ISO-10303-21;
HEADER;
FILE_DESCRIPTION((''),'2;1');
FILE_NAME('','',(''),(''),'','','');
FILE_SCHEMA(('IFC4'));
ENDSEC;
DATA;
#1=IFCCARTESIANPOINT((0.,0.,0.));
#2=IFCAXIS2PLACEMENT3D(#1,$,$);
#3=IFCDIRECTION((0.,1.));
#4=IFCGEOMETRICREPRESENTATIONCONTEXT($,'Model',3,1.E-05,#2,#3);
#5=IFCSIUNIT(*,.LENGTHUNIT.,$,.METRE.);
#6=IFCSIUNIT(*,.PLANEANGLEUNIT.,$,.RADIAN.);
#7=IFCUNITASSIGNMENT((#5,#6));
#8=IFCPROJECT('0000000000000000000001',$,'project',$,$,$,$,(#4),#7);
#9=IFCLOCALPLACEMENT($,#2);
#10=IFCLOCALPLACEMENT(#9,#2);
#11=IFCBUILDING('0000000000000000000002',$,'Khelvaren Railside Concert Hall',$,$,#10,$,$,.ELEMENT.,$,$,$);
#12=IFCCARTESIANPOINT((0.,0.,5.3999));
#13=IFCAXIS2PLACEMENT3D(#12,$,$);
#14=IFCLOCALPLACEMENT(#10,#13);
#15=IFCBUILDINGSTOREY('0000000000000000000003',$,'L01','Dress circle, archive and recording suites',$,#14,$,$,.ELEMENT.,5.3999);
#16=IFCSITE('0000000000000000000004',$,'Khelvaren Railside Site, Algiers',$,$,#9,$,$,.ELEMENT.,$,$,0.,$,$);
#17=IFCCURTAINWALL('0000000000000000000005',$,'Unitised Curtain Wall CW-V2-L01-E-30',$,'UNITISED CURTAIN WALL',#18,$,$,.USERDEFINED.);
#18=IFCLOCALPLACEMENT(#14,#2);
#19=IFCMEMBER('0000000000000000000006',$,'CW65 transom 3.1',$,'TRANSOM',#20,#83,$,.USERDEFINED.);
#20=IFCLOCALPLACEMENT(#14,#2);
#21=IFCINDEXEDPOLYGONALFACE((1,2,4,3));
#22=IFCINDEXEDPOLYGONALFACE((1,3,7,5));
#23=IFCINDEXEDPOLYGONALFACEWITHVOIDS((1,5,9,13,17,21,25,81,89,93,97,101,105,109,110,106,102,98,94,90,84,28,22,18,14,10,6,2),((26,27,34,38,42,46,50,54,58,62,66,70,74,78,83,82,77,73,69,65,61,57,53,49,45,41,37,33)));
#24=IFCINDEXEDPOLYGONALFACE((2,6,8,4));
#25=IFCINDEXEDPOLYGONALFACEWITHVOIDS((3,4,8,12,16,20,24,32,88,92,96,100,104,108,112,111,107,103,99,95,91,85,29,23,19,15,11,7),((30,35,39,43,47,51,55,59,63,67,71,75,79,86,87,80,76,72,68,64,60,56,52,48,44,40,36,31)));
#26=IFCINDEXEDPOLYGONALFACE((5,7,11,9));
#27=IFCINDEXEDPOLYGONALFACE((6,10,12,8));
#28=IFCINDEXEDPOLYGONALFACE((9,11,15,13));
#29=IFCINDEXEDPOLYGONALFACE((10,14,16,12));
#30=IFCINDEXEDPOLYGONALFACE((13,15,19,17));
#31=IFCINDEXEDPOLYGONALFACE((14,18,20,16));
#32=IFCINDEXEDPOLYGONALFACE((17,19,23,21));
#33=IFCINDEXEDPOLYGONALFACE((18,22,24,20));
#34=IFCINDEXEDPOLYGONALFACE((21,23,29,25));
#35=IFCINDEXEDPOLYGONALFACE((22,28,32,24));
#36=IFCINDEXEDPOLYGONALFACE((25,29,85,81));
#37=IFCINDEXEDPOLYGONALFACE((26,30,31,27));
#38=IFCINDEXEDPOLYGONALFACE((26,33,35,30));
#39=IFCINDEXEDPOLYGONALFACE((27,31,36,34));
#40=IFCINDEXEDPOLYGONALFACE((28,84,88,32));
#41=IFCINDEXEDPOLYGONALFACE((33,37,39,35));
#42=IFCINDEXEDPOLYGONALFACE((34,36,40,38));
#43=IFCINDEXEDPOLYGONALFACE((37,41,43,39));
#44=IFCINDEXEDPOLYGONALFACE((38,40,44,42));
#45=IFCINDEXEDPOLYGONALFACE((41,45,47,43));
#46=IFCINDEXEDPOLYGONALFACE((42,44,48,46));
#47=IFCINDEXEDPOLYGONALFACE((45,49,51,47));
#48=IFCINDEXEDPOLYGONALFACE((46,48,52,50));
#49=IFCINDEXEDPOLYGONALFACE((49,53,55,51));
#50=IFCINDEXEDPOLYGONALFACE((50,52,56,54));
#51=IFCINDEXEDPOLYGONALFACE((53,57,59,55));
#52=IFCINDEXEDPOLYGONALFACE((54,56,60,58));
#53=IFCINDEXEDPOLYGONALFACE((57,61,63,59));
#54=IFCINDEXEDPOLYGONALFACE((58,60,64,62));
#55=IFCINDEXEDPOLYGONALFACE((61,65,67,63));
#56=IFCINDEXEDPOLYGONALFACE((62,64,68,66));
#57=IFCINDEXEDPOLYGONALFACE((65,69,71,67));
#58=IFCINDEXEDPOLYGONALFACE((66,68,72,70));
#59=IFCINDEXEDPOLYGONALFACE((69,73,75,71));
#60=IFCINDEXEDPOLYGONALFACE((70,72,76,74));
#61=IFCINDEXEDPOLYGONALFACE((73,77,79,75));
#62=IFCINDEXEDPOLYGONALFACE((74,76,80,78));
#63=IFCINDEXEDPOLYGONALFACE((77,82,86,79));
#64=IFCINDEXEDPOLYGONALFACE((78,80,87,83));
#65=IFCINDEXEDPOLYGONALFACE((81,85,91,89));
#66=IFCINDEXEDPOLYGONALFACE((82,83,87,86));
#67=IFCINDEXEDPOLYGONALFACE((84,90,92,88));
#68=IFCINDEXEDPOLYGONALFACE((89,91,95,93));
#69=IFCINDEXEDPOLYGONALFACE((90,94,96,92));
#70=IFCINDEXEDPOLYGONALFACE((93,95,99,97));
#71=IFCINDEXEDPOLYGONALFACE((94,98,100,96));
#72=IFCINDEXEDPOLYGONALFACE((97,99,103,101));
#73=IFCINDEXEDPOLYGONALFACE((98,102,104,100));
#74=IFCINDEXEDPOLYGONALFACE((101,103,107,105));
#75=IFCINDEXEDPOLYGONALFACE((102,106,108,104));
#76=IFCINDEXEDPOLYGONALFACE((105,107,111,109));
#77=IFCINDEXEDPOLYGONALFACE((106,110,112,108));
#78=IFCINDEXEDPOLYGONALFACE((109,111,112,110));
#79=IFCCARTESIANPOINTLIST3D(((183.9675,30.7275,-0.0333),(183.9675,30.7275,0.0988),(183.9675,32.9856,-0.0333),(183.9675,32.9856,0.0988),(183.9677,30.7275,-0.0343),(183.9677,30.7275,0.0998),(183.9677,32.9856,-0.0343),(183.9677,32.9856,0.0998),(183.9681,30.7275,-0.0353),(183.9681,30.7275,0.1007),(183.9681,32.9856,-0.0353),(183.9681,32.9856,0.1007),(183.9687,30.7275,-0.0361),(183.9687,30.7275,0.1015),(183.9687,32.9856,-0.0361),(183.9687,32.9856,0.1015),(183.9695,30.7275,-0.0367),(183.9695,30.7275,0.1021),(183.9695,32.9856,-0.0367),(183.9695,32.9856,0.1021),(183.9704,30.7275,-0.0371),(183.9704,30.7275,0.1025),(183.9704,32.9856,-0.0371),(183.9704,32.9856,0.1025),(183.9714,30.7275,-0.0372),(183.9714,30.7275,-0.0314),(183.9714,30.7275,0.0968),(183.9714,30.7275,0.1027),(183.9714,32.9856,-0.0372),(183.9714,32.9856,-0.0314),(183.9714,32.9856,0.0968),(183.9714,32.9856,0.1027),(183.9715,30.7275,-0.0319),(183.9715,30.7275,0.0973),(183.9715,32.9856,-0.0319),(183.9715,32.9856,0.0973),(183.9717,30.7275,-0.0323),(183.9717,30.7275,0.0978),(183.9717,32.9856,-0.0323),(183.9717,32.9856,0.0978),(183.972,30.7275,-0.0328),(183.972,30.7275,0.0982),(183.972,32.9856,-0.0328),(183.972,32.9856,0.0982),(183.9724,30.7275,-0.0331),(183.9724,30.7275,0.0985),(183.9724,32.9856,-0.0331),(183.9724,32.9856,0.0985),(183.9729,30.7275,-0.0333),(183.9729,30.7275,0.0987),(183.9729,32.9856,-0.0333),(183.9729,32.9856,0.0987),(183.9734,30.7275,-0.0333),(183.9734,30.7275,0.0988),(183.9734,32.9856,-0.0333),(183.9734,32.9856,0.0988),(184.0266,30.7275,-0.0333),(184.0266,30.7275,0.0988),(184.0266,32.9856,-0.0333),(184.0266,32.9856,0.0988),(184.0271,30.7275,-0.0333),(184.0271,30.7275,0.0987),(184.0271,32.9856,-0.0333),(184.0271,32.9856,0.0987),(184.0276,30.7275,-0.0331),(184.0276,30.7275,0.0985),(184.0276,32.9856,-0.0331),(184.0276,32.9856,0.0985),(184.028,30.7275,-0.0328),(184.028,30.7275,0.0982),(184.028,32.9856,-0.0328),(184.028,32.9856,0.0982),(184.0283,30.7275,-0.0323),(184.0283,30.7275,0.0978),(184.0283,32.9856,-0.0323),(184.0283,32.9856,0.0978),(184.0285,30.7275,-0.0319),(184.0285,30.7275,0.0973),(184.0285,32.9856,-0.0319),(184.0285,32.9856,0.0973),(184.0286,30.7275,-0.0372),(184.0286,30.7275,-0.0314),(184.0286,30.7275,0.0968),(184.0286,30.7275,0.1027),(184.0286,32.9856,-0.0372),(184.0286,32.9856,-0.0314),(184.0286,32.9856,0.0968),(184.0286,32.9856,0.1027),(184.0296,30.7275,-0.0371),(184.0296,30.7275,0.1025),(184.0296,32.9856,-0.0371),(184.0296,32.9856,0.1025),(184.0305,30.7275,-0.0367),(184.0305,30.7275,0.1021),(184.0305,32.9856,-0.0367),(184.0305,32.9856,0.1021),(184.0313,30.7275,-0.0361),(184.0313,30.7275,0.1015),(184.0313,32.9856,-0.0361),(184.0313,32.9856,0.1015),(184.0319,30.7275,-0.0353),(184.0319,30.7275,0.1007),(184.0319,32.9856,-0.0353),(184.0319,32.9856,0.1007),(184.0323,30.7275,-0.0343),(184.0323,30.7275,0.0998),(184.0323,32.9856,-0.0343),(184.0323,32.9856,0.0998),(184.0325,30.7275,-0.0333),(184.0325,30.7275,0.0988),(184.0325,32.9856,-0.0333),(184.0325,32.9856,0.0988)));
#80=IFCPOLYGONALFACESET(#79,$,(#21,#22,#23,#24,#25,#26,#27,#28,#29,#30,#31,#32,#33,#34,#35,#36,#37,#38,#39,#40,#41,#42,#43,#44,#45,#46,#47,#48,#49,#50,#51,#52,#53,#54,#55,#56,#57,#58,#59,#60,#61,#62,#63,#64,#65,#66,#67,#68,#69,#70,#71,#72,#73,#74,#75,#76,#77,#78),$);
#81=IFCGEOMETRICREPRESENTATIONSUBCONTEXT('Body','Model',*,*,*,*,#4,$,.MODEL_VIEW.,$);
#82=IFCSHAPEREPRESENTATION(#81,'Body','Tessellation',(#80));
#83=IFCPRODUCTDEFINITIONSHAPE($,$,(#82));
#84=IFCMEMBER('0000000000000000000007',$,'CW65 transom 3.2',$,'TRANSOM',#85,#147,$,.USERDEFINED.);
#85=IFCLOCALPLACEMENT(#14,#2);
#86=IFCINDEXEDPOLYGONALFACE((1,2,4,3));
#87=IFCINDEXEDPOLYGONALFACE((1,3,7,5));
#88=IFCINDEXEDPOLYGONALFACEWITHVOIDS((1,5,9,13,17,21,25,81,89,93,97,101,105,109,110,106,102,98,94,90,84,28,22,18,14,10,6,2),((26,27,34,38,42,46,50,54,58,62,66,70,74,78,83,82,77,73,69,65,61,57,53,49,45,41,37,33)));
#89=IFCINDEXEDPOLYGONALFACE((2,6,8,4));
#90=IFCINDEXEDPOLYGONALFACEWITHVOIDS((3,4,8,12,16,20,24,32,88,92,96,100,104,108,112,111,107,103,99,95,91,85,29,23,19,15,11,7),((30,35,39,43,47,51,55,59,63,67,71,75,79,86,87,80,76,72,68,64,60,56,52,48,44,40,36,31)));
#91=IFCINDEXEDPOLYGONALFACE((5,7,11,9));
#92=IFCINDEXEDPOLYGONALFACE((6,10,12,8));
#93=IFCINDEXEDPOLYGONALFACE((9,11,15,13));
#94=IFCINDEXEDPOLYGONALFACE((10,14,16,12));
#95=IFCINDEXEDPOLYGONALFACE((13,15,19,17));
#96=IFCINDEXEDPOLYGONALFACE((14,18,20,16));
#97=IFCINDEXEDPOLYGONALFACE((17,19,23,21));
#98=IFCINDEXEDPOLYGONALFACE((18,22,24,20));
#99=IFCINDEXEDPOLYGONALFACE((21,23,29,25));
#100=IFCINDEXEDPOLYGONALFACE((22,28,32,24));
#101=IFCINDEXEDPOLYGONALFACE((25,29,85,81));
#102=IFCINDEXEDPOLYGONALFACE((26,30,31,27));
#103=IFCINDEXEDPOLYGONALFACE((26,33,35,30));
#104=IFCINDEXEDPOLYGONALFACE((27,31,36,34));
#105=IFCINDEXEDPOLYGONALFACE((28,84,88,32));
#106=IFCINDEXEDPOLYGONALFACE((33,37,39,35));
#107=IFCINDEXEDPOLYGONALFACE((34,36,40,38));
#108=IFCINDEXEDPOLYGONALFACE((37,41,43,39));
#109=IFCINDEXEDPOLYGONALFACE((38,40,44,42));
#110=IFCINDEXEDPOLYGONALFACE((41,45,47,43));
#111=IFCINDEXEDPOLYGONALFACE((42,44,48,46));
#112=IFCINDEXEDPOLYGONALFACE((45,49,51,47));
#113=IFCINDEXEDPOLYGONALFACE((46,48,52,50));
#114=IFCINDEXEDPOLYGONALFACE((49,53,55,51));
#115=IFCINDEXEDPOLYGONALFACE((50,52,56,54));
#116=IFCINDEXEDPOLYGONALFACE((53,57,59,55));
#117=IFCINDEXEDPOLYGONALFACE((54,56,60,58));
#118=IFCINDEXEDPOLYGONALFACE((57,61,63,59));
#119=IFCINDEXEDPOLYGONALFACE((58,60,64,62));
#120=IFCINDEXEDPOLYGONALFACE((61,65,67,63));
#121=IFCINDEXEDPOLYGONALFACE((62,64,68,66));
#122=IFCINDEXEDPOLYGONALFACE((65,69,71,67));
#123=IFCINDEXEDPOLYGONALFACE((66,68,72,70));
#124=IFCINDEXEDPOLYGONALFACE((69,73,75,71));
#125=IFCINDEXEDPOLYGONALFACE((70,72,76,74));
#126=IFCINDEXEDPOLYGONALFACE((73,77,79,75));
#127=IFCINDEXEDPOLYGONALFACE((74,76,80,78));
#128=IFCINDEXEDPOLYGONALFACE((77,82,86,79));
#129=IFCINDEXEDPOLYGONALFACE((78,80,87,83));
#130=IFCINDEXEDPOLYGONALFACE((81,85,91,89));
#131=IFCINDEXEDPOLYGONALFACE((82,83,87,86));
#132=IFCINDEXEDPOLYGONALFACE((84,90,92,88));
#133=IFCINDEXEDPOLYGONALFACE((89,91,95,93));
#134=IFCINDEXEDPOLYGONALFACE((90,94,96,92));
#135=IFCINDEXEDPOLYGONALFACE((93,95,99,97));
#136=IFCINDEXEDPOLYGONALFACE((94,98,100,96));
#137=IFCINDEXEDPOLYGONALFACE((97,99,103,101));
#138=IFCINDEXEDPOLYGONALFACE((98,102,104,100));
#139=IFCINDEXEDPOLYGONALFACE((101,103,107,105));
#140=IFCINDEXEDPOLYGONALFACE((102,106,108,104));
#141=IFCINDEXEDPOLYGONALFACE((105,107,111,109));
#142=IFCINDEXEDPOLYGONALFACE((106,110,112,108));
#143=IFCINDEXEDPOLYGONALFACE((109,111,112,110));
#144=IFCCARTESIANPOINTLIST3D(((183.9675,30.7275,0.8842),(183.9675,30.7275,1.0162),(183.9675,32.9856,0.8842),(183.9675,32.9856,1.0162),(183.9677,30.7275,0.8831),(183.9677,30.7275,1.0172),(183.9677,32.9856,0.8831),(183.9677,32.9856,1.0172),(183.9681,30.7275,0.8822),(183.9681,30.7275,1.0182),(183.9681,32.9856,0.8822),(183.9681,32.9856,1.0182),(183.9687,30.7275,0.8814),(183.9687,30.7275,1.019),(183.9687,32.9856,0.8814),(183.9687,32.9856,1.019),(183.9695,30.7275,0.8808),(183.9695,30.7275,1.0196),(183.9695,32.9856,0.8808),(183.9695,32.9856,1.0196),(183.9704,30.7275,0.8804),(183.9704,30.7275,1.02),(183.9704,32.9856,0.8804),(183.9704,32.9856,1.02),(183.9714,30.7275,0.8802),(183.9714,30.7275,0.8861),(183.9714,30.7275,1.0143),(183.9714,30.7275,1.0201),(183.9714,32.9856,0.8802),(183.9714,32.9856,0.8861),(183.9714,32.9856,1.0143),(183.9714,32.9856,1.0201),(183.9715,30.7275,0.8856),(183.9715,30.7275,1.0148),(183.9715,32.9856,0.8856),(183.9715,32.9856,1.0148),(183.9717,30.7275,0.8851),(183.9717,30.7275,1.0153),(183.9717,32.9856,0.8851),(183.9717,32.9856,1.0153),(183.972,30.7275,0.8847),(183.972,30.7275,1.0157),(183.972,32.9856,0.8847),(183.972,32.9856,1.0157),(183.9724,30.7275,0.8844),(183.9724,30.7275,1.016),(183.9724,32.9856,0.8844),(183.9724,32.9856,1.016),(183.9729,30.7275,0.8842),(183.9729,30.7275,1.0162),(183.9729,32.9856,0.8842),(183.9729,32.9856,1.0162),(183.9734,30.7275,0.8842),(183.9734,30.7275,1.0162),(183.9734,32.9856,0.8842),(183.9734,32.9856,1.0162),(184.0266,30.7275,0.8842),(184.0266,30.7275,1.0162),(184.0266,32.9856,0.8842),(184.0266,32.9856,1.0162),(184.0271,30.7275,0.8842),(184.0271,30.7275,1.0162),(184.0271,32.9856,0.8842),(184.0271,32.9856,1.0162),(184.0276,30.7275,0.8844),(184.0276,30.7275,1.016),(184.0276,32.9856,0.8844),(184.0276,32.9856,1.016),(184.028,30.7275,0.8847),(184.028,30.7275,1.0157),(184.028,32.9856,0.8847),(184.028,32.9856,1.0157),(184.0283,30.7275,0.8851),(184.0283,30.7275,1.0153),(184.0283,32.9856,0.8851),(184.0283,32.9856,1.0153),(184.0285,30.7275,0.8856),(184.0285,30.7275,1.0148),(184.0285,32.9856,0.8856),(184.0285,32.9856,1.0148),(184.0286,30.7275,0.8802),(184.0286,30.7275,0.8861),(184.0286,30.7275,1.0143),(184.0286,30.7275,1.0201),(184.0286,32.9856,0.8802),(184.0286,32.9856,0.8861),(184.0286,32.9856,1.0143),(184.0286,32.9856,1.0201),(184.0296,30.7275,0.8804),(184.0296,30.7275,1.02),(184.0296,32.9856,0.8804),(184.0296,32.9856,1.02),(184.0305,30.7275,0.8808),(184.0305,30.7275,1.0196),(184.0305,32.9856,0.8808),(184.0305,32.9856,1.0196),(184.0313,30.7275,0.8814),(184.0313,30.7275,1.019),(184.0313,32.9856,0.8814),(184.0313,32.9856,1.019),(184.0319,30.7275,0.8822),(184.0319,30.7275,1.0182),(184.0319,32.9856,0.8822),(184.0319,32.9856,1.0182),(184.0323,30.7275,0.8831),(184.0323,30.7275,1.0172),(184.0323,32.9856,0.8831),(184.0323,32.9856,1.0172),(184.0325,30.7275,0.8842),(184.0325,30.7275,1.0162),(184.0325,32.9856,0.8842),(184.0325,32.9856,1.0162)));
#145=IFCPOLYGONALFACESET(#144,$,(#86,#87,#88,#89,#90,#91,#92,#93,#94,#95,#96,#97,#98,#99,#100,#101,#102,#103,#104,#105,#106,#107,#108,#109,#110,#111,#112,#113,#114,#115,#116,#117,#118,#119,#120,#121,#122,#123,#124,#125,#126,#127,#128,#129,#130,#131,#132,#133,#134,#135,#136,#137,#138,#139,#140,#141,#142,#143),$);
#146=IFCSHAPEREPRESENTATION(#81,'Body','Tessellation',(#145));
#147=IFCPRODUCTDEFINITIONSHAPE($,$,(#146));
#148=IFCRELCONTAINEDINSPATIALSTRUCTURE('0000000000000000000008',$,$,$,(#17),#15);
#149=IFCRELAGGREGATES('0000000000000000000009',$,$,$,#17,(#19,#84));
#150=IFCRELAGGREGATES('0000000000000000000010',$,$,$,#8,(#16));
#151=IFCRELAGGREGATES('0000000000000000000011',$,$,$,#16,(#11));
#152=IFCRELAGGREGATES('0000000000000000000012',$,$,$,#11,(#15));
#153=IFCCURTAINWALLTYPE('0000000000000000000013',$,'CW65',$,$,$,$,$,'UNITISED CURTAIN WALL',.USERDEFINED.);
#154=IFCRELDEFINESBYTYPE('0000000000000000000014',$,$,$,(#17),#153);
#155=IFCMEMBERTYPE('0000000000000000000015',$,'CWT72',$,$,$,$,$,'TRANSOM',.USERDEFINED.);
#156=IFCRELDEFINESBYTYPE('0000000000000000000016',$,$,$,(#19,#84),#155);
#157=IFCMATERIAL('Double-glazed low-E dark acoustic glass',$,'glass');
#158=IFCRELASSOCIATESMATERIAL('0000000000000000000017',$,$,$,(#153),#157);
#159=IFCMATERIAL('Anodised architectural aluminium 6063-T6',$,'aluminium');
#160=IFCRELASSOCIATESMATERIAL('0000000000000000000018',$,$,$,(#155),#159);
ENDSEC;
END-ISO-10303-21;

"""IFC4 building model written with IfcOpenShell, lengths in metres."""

from ifc_helpers import new_model, si_unit, direction, frame, origin, origin_2d, place, context, subcontext, project, spatial, hollow_rectangle, extrude, material, material_profile, profile_set, type_object, element, aggregate, save


model = new_model("IFC4")

# Units and contexts
model_context = context("Model", 3, precision=1e-05, world=origin(), true_north=direction((0.0, 1.0)))
body_context = subcontext(model_context, "Body", "Model", "MODEL_VIEW")
ifc_project = project(units=[si_unit("LENGTHUNIT", "METRE"), si_unit("PLANEANGLEUNIT", "RADIAN")], contexts=[model_context])

# Site, building, storey
site_placement = place(None, origin())
site = spatial("IfcSite", under=ifc_project, at=site_placement, Name="Khelvaren Railside Site, Algiers", CompositionType="ELEMENT", RefElevation=0.0)
building_placement = place(site_placement, origin())
building = spatial("IfcBuilding", under=site, at=building_placement, Name="Khelvaren Railside Concert Hall", CompositionType="ELEMENT")
storey_placement = place(building_placement, frame((0.0, 0.0, 5.3999)))
storey = spatial("IfcBuildingStorey", under=building, at=storey_placement, Name="L01", Description="Dress circle, archive and recording suites", CompositionType="ELEMENT", Elevation=5.3999)

# Curtain wall, members
ifc_material_1 = material(Name="Double-glazed low-E dark acoustic glass", Category="glass")
curtain_wall_type = type_object("IfcCurtainWallType", Name="CW65", ElementType="UNITISED CURTAIN WALL", PredefinedType="USERDEFINED", material=ifc_material_1)
curtain_wall_placement = place(storey_placement, origin())
curtain_wall = element("IfcCurtainWall", 1, at=curtain_wall_placement, inside=storey, type_object=curtain_wall_type, Name="Unitised Curtain Wall CW-V2-L01-E-30", ObjectType="UNITISED CURTAIN WALL", PredefinedType="USERDEFINED")
ifc_material_2 = material(Name="Anodised architectural aluminium 6063-T6", Category="aluminium")
ifc_material_profile_1 = material_profile(ifc_material_2, hollow_rectangle(XDim=0.0649, YDim=0.1399, WallThickness=0.0039, InnerFilletRadius=0.002, OuterFilletRadius=0.0039, at=origin_2d()), Name="CWT 65x140x4")
ifc_profile_set_1 = profile_set([ifc_material_profile_1], Name="Anodised architectural aluminium 6063-T6")
member_type_1 = type_object("IfcMemberType", Name="CWT72", ElementType="TRANSOM", PredefinedType="USERDEFINED", material=ifc_profile_set_1)
member_1_placement = place(storey_placement, frame((184.0, 32.9856, 0.0327), z_axis=(0.0, -1.0, 0.0), x_axis=(1.0, 0.0, 0.0)))
member_1 = element("IfcMember", 2, at=member_1_placement, type_object=member_type_1, Name="CW65 transom 3.1", ObjectType="TRANSOM", PredefinedType="USERDEFINED", context=body_context, shape_type="SweptSolid", body=[
    extrude(hollow_rectangle(XDim=0.0649, YDim=0.1399, WallThickness=0.0039, InnerFilletRadius=0.002, OuterFilletRadius=0.0039, at=origin_2d()), origin(), (0.0, 0.0, 1.0), 2.2581),
])
member_2_placement = place(storey_placement, frame((184.0, 32.9856, 0.9502), z_axis=(0.0, -1.0, 0.0), x_axis=(1.0, 0.0, 0.0)))
member_2 = element("IfcMember", 3, at=member_2_placement, type_object=member_type_1, Name="CW65 transom 3.2", ObjectType="TRANSOM", PredefinedType="USERDEFINED", context=body_context, shape_type="SweptSolid", body=[
    extrude(hollow_rectangle(XDim=0.0649, YDim=0.1399, WallThickness=0.0039, InnerFilletRadius=0.002, OuterFilletRadius=0.0039, at=origin_2d()), origin(), (0.0, 0.0, 1.0), 2.2581),
])

aggregate(curtain_wall, [member_1, member_2])

save(model, "model.ifc")
